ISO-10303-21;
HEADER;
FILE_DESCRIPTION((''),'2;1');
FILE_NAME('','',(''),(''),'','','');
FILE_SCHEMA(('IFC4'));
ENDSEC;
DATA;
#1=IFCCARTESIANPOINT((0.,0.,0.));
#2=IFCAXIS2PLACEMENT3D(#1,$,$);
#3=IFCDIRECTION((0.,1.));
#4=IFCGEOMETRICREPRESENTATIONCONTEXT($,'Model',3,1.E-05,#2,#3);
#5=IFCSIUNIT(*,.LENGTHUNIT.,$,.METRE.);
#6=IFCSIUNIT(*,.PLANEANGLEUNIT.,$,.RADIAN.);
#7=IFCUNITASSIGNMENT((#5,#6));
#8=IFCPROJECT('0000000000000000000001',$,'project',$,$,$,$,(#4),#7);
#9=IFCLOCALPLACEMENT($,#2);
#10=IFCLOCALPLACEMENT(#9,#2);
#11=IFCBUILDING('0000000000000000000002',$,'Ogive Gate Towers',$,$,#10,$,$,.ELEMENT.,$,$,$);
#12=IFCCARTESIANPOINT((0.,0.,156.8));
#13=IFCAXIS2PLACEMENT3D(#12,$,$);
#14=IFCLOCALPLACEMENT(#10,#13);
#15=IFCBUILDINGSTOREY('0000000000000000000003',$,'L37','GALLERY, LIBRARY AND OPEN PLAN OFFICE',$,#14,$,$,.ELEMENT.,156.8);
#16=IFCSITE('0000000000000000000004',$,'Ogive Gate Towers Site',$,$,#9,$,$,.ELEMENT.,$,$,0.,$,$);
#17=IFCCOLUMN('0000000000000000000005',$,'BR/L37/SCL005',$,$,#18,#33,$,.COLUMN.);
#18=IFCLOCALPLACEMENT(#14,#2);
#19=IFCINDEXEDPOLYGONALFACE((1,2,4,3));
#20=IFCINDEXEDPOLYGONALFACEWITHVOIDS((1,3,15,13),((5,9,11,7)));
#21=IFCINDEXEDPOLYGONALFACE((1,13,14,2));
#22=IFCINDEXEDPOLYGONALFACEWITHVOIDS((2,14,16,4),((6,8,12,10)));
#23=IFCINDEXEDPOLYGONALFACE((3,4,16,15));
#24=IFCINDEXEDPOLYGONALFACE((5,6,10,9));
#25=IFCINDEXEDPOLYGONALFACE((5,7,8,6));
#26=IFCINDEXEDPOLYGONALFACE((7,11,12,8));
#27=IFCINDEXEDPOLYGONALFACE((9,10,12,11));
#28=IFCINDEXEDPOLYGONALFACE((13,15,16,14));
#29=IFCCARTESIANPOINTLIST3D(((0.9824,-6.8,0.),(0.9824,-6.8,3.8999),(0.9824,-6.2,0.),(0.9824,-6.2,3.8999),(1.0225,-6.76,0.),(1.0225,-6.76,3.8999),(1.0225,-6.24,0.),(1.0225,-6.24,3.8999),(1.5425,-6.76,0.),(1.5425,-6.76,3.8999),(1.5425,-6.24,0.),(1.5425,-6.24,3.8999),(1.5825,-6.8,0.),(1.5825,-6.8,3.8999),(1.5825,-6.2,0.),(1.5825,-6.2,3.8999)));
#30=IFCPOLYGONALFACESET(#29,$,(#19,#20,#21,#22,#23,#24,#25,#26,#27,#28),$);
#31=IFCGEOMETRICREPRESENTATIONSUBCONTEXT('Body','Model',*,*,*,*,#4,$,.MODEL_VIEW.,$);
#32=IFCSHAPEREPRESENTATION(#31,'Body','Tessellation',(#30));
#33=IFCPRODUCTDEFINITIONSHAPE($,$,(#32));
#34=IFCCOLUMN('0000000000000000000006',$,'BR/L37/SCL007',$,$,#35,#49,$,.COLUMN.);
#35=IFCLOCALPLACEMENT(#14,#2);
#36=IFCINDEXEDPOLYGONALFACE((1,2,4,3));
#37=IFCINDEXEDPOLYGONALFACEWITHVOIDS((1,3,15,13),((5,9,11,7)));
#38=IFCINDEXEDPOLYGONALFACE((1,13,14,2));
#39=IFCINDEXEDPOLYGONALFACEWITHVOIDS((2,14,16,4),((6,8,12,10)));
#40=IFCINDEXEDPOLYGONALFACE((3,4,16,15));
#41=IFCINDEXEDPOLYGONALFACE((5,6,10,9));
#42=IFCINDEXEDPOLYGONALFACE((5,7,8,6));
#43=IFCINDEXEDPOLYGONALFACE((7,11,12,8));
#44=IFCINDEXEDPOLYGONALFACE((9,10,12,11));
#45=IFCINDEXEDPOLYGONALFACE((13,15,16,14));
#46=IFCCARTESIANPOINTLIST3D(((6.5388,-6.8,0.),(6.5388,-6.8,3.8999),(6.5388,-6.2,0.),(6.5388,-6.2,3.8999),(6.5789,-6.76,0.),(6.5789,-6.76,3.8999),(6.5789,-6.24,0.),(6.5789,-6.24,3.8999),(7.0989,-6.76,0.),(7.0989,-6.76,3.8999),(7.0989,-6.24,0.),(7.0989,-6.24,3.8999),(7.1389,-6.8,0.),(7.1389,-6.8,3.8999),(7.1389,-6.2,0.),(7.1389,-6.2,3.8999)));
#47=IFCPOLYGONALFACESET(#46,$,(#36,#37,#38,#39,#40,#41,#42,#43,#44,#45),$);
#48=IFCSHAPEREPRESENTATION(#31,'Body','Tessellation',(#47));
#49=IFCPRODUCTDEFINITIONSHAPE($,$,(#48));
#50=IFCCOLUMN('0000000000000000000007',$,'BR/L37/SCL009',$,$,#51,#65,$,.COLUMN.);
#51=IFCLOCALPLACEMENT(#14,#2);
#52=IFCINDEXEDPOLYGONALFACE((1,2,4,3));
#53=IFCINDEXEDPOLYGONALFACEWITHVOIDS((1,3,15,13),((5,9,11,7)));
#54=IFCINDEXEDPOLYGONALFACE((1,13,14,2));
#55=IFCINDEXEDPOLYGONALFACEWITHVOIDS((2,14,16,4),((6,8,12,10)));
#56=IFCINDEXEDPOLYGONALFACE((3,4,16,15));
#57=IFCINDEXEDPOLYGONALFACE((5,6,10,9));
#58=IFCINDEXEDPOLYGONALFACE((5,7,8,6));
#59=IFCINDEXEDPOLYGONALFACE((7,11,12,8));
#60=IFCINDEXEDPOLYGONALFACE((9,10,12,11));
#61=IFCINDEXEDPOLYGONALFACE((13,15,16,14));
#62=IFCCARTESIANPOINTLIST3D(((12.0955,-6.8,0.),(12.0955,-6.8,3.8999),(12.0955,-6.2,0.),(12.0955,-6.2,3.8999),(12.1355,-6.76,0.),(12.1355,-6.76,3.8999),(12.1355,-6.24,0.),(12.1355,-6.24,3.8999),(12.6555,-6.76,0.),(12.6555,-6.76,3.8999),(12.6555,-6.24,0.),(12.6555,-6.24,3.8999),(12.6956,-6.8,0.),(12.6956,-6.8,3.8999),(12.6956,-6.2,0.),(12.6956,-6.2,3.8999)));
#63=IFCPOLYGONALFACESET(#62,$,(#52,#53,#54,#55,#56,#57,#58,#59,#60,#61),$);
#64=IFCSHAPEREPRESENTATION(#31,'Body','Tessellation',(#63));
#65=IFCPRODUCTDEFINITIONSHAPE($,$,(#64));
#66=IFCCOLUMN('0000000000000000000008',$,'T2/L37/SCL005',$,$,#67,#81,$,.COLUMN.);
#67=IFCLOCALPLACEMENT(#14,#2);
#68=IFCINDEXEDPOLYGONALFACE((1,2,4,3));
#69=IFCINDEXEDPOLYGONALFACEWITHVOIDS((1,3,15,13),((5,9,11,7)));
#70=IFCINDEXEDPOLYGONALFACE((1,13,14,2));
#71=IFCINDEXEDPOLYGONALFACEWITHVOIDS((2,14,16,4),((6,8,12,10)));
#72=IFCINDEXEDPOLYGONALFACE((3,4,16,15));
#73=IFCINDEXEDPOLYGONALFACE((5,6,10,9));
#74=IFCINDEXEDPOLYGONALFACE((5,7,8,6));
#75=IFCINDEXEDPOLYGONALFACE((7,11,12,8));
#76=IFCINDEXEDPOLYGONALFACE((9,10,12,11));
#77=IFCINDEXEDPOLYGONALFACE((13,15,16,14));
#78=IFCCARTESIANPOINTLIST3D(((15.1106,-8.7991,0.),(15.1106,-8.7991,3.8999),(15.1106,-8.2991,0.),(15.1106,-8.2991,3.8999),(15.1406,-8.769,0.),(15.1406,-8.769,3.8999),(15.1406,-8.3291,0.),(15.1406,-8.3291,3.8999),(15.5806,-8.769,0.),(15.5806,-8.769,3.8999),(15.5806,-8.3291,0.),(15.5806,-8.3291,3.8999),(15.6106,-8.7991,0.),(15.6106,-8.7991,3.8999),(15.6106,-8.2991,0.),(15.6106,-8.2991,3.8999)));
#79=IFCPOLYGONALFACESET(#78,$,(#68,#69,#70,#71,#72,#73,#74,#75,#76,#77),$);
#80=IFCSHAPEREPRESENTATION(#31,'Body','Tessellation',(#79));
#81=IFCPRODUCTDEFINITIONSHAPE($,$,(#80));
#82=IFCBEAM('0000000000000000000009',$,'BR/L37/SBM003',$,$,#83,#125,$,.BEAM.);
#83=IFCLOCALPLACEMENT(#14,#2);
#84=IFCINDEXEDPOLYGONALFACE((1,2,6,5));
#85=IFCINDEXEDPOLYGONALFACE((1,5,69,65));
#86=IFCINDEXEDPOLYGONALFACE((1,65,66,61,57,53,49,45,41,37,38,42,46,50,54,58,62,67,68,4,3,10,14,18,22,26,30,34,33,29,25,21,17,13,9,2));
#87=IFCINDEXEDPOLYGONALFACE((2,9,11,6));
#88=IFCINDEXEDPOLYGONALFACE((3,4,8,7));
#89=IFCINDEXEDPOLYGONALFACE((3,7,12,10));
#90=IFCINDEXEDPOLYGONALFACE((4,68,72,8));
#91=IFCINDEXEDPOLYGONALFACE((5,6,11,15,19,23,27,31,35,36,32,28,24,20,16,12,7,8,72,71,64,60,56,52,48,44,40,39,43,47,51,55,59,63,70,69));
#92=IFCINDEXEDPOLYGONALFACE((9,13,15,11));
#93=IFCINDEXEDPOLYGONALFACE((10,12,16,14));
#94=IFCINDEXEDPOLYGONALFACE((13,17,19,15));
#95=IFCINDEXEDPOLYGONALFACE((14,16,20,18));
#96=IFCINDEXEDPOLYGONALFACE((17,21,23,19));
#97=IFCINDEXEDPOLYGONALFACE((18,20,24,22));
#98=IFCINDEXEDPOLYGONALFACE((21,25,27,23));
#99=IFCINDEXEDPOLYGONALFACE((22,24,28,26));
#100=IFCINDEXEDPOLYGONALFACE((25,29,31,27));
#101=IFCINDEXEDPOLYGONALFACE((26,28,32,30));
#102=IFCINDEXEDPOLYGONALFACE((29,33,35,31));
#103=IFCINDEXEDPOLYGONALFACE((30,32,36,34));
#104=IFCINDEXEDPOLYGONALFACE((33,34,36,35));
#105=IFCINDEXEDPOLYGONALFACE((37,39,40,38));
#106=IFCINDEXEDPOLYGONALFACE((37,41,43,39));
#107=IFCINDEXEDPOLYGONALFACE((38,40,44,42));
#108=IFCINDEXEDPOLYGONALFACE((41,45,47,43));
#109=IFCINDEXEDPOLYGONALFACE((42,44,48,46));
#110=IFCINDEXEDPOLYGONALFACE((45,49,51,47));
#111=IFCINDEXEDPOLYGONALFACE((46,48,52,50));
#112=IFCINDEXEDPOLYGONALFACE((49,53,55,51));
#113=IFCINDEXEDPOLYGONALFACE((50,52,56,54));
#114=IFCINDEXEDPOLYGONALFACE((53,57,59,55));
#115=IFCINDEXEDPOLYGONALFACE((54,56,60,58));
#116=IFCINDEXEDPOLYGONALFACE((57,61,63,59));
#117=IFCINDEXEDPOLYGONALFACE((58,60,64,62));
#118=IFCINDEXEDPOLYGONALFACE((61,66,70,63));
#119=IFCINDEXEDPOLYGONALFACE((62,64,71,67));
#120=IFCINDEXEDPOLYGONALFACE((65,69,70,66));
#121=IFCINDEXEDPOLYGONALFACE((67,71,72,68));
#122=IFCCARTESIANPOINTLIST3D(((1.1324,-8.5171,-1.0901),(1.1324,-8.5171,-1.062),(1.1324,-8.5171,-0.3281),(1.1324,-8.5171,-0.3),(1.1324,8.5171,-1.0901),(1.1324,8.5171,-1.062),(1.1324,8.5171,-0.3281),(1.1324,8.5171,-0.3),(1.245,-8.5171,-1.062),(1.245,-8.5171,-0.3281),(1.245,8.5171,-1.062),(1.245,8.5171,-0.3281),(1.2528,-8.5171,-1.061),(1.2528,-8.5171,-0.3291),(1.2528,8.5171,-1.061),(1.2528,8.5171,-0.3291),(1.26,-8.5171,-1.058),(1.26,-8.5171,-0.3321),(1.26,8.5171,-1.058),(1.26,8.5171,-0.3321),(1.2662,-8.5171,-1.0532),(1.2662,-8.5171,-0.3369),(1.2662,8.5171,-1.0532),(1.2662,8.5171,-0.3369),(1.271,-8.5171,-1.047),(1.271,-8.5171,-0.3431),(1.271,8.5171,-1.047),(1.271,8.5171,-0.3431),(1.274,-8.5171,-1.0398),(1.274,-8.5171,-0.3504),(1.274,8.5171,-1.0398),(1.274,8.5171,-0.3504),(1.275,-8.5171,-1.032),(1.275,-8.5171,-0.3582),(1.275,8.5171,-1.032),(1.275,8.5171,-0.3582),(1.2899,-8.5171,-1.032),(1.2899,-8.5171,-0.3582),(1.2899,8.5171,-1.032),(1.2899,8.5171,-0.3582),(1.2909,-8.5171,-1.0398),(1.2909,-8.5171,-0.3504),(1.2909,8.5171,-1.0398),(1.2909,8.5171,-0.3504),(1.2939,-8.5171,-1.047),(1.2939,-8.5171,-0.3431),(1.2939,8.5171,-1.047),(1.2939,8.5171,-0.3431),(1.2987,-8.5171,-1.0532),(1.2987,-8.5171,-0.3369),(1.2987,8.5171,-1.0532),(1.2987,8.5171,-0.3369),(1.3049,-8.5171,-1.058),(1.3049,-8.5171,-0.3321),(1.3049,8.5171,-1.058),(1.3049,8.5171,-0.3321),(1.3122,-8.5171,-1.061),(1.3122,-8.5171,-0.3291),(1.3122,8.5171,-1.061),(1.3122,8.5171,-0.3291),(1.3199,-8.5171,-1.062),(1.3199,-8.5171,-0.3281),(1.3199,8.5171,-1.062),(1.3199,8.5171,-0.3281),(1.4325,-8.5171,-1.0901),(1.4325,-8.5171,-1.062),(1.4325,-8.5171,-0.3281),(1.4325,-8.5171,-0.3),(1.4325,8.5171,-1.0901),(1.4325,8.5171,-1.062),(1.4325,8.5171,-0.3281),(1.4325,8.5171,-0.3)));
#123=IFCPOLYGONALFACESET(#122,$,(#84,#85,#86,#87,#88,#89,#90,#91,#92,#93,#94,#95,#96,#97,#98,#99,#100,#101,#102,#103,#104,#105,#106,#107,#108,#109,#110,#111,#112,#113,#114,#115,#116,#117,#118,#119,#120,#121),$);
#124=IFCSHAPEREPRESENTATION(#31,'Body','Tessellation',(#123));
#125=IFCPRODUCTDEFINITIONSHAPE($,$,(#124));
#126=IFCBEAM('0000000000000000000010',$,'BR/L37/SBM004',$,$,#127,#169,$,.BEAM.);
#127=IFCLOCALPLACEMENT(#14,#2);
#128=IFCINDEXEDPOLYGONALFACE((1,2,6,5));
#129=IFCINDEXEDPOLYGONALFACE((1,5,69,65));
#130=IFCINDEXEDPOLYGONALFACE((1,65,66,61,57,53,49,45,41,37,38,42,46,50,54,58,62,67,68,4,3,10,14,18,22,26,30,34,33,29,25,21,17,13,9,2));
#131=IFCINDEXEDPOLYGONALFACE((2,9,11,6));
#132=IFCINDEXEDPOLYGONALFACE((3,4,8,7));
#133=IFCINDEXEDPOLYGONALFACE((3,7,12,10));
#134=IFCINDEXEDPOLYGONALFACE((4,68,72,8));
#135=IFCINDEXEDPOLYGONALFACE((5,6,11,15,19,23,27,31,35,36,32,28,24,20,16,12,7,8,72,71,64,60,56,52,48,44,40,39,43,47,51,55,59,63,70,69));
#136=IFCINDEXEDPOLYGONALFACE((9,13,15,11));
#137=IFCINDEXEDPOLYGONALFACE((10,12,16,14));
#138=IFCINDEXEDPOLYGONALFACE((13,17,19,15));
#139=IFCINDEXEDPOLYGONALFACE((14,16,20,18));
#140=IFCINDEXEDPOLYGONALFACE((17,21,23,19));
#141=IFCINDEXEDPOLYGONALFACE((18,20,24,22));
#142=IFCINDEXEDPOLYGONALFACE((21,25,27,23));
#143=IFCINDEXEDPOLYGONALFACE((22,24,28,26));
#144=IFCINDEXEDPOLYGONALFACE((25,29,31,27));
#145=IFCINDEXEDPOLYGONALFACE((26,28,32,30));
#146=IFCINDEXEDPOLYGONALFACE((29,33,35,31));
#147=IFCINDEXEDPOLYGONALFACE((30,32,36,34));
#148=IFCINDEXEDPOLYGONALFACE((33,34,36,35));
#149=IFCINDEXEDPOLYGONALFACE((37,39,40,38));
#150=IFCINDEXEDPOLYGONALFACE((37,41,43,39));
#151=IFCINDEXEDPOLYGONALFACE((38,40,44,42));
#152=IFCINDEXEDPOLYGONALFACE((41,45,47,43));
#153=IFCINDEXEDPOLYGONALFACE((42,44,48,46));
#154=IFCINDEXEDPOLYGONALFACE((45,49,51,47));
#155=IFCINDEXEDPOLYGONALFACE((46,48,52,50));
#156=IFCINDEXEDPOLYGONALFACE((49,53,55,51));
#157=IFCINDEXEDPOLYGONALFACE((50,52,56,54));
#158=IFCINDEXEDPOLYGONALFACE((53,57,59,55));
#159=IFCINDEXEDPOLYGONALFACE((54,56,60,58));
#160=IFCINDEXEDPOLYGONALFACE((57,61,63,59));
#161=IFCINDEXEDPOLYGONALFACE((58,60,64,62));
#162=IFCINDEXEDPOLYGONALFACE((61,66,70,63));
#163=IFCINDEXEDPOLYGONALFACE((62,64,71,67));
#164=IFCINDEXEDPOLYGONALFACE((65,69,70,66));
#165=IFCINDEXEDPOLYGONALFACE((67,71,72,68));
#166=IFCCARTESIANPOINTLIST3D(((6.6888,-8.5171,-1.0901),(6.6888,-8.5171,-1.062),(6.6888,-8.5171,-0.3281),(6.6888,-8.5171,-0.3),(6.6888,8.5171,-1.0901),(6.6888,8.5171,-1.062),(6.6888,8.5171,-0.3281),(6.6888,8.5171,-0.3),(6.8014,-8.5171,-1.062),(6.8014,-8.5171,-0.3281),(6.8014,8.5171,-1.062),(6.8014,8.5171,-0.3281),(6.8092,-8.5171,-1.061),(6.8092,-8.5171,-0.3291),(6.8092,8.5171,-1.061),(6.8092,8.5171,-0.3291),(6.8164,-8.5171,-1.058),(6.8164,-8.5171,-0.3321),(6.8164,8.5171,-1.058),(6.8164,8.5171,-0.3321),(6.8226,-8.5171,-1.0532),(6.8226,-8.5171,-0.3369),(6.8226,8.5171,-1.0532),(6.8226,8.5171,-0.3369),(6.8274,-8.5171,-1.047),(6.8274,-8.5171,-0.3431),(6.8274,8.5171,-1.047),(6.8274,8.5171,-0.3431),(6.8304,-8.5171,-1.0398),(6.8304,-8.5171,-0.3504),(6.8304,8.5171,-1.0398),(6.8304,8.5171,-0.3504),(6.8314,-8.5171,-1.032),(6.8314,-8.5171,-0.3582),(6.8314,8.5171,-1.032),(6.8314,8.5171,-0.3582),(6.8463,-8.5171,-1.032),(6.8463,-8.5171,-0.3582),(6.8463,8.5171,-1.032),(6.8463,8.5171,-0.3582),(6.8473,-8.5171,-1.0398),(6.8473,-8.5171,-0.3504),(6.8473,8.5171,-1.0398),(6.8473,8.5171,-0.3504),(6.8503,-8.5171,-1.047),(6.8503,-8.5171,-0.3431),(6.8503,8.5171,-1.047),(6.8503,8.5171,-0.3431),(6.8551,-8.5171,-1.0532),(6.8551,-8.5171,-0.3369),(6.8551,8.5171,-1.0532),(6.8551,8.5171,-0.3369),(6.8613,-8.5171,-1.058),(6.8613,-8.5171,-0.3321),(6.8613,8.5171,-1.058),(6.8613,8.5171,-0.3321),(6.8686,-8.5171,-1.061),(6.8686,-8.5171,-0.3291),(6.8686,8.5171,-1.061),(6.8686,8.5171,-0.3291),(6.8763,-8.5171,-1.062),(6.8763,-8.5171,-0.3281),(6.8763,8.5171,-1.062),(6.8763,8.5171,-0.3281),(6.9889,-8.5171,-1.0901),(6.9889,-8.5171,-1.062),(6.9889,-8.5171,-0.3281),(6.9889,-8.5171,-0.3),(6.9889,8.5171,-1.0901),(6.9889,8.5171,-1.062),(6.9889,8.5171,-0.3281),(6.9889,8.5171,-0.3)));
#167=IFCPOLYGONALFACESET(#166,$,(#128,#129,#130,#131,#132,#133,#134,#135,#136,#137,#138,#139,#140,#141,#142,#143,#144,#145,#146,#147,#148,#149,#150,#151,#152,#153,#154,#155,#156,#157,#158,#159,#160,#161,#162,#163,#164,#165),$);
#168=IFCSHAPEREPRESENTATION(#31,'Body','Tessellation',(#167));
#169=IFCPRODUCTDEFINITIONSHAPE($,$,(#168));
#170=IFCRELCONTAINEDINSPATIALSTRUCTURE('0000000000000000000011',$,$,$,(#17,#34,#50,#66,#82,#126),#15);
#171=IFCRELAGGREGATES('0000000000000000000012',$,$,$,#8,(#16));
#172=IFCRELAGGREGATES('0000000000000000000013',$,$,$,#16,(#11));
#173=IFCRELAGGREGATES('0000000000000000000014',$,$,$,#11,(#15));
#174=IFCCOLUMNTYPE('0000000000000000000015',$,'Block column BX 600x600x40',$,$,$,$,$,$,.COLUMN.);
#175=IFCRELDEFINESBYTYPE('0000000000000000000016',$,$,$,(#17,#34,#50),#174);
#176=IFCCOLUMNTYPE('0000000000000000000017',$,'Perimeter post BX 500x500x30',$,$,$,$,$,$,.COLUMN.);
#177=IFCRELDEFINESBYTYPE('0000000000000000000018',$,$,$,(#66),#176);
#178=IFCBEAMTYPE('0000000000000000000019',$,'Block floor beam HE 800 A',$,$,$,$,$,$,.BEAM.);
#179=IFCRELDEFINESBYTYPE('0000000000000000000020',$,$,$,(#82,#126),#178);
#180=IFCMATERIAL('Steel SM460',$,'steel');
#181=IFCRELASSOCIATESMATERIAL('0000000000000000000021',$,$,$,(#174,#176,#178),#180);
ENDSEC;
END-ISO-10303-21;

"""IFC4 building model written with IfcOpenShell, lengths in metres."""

from ifc_helpers import new_model, si_unit, direction, frame, origin, origin_2d, place, context, subcontext, project, spatial, hollow_rectangle, i_section, extrude, material, material_profile, profile_set, type_object, element, save


model = new_model("IFC4")

# Units and contexts
model_context = context("Model", 3, precision=1e-05, world=origin(), true_north=direction((0.0, 1.0)))
body_context = subcontext(model_context, "Body", "Model", "MODEL_VIEW")
ifc_project = project(units=[si_unit("LENGTHUNIT", "METRE"), si_unit("PLANEANGLEUNIT", "RADIAN")], contexts=[model_context])

# Site, building, storey
site_placement = place(None, origin())
site = spatial("IfcSite", under=ifc_project, at=site_placement, Name="Ogive Gate Towers Site", CompositionType="ELEMENT", RefElevation=0.0)
building_placement = place(site_placement, origin())
building = spatial("IfcBuilding", under=site, at=building_placement, Name="Ogive Gate Towers", CompositionType="ELEMENT")
storey_placement = place(building_placement, frame((0.0, 0.0, 156.8)))
storey = spatial("IfcBuildingStorey", under=building, at=storey_placement, Name="L37", Description="GALLERY, LIBRARY AND OPEN PLAN OFFICE", CompositionType="ELEMENT", Elevation=156.8)

# Columns
ifc_material_1 = material(Name="Steel SM460", Category="steel")
ifc_material_profile_1 = material_profile(ifc_material_1, hollow_rectangle(XDim=0.6001, YDim=0.6001, WallThickness=0.04, at=origin_2d()), Name="BX 600x600x40")
ifc_profile_set_1 = profile_set([ifc_material_profile_1], Name="Steel SM460")
column_type_1 = type_object("IfcColumnType", Name="Block column BX 600x600x40", PredefinedType="COLUMN", material=ifc_profile_set_1)
for number, where, z_axis, x_axis, name in (
    (1, (1.2825, -6.5, 0.0), (0.0, 0.0, 1.0), (1.0, 0.0, 0.0), "BR/L37/SCL005"),
    (2, (6.8389, -6.5, 0.0), (0.0, 0.0, 1.0), (1.0, 0.0, 0.0), "BR/L37/SCL007"),
    (3, (12.3955, -6.5, 0.0), (0.0, 0.0, 1.0), (1.0, 0.0, 0.0), "BR/L37/SCL009"),
):
    element("IfcColumn", number, at=place(storey_placement, frame(where, z_axis=z_axis, x_axis=x_axis)), inside=storey, type_object=column_type_1, Name=name, PredefinedType="COLUMN", context=body_context, shape_type="SweptSolid", body=[
        extrude(hollow_rectangle(XDim=0.6001, YDim=0.6001, WallThickness=0.04, at=origin_2d()), origin(), (0.0, 0.0, 1.0), 3.8999),
    ])
ifc_material_profile_2 = material_profile(ifc_material_1, hollow_rectangle(XDim=0.5, YDim=0.5, WallThickness=0.03, at=origin_2d()), Name="BX 500x500x30")
ifc_profile_set_2 = profile_set([ifc_material_profile_2], Name="Steel SM460")
column_type_2 = type_object("IfcColumnType", Name="Perimeter post BX 500x500x30", PredefinedType="COLUMN", material=ifc_profile_set_2)
column_placement = place(storey_placement, frame((15.3606, -8.5491, 0.0), z_axis=(0.0, 0.0, 1.0), x_axis=(1.0, 0.0, 0.0)))
element("IfcColumn", 4, at=column_placement, inside=storey, type_object=column_type_2, Name="T2/L37/SCL005", PredefinedType="COLUMN", context=body_context, shape_type="SweptSolid", body=[
    extrude(hollow_rectangle(XDim=0.5, YDim=0.5, WallThickness=0.03, at=origin_2d()), origin(), (0.0, 0.0, 1.0), 3.8999),
])

# Beams
ifc_material_profile_3 = material_profile(ifc_material_1, i_section(OverallWidth=0.3, OverallDepth=0.79, WebThickness=0.0149, FlangeThickness=0.0281, FilletRadius=0.03, at=origin_2d()), Name="HE 800 A")
ifc_profile_set_3 = profile_set([ifc_material_profile_3], Name="Steel SM460")
beam_type_1 = type_object("IfcBeamType", Name="Block floor beam HE 800 A", PredefinedType="BEAM", material=ifc_profile_set_3)
for number, where, z_axis, x_axis, name in (
    (5, (1.2825, -8.5171, -0.6951), (0.0, 1.0, 0.0), (-1.0, 0.0, 0.0), "BR/L37/SBM003"),
    (6, (6.8389, -8.5171, -0.6951), (0.0, 1.0, 0.0), (-1.0, 0.0, 0.0), "BR/L37/SBM004"),
):
    element("IfcBeam", number, at=place(storey_placement, frame(where, z_axis=z_axis, x_axis=x_axis)), inside=storey, type_object=beam_type_1, Name=name, PredefinedType="BEAM", context=body_context, shape_type="SweptSolid", body=[
        extrude(i_section(OverallWidth=0.3, OverallDepth=0.79, WebThickness=0.0149, FlangeThickness=0.0281, FilletRadius=0.03, at=origin_2d()), origin(), (0.0, 0.0, 1.0), 17.0342),
    ])

save(model, "model.ifc")
